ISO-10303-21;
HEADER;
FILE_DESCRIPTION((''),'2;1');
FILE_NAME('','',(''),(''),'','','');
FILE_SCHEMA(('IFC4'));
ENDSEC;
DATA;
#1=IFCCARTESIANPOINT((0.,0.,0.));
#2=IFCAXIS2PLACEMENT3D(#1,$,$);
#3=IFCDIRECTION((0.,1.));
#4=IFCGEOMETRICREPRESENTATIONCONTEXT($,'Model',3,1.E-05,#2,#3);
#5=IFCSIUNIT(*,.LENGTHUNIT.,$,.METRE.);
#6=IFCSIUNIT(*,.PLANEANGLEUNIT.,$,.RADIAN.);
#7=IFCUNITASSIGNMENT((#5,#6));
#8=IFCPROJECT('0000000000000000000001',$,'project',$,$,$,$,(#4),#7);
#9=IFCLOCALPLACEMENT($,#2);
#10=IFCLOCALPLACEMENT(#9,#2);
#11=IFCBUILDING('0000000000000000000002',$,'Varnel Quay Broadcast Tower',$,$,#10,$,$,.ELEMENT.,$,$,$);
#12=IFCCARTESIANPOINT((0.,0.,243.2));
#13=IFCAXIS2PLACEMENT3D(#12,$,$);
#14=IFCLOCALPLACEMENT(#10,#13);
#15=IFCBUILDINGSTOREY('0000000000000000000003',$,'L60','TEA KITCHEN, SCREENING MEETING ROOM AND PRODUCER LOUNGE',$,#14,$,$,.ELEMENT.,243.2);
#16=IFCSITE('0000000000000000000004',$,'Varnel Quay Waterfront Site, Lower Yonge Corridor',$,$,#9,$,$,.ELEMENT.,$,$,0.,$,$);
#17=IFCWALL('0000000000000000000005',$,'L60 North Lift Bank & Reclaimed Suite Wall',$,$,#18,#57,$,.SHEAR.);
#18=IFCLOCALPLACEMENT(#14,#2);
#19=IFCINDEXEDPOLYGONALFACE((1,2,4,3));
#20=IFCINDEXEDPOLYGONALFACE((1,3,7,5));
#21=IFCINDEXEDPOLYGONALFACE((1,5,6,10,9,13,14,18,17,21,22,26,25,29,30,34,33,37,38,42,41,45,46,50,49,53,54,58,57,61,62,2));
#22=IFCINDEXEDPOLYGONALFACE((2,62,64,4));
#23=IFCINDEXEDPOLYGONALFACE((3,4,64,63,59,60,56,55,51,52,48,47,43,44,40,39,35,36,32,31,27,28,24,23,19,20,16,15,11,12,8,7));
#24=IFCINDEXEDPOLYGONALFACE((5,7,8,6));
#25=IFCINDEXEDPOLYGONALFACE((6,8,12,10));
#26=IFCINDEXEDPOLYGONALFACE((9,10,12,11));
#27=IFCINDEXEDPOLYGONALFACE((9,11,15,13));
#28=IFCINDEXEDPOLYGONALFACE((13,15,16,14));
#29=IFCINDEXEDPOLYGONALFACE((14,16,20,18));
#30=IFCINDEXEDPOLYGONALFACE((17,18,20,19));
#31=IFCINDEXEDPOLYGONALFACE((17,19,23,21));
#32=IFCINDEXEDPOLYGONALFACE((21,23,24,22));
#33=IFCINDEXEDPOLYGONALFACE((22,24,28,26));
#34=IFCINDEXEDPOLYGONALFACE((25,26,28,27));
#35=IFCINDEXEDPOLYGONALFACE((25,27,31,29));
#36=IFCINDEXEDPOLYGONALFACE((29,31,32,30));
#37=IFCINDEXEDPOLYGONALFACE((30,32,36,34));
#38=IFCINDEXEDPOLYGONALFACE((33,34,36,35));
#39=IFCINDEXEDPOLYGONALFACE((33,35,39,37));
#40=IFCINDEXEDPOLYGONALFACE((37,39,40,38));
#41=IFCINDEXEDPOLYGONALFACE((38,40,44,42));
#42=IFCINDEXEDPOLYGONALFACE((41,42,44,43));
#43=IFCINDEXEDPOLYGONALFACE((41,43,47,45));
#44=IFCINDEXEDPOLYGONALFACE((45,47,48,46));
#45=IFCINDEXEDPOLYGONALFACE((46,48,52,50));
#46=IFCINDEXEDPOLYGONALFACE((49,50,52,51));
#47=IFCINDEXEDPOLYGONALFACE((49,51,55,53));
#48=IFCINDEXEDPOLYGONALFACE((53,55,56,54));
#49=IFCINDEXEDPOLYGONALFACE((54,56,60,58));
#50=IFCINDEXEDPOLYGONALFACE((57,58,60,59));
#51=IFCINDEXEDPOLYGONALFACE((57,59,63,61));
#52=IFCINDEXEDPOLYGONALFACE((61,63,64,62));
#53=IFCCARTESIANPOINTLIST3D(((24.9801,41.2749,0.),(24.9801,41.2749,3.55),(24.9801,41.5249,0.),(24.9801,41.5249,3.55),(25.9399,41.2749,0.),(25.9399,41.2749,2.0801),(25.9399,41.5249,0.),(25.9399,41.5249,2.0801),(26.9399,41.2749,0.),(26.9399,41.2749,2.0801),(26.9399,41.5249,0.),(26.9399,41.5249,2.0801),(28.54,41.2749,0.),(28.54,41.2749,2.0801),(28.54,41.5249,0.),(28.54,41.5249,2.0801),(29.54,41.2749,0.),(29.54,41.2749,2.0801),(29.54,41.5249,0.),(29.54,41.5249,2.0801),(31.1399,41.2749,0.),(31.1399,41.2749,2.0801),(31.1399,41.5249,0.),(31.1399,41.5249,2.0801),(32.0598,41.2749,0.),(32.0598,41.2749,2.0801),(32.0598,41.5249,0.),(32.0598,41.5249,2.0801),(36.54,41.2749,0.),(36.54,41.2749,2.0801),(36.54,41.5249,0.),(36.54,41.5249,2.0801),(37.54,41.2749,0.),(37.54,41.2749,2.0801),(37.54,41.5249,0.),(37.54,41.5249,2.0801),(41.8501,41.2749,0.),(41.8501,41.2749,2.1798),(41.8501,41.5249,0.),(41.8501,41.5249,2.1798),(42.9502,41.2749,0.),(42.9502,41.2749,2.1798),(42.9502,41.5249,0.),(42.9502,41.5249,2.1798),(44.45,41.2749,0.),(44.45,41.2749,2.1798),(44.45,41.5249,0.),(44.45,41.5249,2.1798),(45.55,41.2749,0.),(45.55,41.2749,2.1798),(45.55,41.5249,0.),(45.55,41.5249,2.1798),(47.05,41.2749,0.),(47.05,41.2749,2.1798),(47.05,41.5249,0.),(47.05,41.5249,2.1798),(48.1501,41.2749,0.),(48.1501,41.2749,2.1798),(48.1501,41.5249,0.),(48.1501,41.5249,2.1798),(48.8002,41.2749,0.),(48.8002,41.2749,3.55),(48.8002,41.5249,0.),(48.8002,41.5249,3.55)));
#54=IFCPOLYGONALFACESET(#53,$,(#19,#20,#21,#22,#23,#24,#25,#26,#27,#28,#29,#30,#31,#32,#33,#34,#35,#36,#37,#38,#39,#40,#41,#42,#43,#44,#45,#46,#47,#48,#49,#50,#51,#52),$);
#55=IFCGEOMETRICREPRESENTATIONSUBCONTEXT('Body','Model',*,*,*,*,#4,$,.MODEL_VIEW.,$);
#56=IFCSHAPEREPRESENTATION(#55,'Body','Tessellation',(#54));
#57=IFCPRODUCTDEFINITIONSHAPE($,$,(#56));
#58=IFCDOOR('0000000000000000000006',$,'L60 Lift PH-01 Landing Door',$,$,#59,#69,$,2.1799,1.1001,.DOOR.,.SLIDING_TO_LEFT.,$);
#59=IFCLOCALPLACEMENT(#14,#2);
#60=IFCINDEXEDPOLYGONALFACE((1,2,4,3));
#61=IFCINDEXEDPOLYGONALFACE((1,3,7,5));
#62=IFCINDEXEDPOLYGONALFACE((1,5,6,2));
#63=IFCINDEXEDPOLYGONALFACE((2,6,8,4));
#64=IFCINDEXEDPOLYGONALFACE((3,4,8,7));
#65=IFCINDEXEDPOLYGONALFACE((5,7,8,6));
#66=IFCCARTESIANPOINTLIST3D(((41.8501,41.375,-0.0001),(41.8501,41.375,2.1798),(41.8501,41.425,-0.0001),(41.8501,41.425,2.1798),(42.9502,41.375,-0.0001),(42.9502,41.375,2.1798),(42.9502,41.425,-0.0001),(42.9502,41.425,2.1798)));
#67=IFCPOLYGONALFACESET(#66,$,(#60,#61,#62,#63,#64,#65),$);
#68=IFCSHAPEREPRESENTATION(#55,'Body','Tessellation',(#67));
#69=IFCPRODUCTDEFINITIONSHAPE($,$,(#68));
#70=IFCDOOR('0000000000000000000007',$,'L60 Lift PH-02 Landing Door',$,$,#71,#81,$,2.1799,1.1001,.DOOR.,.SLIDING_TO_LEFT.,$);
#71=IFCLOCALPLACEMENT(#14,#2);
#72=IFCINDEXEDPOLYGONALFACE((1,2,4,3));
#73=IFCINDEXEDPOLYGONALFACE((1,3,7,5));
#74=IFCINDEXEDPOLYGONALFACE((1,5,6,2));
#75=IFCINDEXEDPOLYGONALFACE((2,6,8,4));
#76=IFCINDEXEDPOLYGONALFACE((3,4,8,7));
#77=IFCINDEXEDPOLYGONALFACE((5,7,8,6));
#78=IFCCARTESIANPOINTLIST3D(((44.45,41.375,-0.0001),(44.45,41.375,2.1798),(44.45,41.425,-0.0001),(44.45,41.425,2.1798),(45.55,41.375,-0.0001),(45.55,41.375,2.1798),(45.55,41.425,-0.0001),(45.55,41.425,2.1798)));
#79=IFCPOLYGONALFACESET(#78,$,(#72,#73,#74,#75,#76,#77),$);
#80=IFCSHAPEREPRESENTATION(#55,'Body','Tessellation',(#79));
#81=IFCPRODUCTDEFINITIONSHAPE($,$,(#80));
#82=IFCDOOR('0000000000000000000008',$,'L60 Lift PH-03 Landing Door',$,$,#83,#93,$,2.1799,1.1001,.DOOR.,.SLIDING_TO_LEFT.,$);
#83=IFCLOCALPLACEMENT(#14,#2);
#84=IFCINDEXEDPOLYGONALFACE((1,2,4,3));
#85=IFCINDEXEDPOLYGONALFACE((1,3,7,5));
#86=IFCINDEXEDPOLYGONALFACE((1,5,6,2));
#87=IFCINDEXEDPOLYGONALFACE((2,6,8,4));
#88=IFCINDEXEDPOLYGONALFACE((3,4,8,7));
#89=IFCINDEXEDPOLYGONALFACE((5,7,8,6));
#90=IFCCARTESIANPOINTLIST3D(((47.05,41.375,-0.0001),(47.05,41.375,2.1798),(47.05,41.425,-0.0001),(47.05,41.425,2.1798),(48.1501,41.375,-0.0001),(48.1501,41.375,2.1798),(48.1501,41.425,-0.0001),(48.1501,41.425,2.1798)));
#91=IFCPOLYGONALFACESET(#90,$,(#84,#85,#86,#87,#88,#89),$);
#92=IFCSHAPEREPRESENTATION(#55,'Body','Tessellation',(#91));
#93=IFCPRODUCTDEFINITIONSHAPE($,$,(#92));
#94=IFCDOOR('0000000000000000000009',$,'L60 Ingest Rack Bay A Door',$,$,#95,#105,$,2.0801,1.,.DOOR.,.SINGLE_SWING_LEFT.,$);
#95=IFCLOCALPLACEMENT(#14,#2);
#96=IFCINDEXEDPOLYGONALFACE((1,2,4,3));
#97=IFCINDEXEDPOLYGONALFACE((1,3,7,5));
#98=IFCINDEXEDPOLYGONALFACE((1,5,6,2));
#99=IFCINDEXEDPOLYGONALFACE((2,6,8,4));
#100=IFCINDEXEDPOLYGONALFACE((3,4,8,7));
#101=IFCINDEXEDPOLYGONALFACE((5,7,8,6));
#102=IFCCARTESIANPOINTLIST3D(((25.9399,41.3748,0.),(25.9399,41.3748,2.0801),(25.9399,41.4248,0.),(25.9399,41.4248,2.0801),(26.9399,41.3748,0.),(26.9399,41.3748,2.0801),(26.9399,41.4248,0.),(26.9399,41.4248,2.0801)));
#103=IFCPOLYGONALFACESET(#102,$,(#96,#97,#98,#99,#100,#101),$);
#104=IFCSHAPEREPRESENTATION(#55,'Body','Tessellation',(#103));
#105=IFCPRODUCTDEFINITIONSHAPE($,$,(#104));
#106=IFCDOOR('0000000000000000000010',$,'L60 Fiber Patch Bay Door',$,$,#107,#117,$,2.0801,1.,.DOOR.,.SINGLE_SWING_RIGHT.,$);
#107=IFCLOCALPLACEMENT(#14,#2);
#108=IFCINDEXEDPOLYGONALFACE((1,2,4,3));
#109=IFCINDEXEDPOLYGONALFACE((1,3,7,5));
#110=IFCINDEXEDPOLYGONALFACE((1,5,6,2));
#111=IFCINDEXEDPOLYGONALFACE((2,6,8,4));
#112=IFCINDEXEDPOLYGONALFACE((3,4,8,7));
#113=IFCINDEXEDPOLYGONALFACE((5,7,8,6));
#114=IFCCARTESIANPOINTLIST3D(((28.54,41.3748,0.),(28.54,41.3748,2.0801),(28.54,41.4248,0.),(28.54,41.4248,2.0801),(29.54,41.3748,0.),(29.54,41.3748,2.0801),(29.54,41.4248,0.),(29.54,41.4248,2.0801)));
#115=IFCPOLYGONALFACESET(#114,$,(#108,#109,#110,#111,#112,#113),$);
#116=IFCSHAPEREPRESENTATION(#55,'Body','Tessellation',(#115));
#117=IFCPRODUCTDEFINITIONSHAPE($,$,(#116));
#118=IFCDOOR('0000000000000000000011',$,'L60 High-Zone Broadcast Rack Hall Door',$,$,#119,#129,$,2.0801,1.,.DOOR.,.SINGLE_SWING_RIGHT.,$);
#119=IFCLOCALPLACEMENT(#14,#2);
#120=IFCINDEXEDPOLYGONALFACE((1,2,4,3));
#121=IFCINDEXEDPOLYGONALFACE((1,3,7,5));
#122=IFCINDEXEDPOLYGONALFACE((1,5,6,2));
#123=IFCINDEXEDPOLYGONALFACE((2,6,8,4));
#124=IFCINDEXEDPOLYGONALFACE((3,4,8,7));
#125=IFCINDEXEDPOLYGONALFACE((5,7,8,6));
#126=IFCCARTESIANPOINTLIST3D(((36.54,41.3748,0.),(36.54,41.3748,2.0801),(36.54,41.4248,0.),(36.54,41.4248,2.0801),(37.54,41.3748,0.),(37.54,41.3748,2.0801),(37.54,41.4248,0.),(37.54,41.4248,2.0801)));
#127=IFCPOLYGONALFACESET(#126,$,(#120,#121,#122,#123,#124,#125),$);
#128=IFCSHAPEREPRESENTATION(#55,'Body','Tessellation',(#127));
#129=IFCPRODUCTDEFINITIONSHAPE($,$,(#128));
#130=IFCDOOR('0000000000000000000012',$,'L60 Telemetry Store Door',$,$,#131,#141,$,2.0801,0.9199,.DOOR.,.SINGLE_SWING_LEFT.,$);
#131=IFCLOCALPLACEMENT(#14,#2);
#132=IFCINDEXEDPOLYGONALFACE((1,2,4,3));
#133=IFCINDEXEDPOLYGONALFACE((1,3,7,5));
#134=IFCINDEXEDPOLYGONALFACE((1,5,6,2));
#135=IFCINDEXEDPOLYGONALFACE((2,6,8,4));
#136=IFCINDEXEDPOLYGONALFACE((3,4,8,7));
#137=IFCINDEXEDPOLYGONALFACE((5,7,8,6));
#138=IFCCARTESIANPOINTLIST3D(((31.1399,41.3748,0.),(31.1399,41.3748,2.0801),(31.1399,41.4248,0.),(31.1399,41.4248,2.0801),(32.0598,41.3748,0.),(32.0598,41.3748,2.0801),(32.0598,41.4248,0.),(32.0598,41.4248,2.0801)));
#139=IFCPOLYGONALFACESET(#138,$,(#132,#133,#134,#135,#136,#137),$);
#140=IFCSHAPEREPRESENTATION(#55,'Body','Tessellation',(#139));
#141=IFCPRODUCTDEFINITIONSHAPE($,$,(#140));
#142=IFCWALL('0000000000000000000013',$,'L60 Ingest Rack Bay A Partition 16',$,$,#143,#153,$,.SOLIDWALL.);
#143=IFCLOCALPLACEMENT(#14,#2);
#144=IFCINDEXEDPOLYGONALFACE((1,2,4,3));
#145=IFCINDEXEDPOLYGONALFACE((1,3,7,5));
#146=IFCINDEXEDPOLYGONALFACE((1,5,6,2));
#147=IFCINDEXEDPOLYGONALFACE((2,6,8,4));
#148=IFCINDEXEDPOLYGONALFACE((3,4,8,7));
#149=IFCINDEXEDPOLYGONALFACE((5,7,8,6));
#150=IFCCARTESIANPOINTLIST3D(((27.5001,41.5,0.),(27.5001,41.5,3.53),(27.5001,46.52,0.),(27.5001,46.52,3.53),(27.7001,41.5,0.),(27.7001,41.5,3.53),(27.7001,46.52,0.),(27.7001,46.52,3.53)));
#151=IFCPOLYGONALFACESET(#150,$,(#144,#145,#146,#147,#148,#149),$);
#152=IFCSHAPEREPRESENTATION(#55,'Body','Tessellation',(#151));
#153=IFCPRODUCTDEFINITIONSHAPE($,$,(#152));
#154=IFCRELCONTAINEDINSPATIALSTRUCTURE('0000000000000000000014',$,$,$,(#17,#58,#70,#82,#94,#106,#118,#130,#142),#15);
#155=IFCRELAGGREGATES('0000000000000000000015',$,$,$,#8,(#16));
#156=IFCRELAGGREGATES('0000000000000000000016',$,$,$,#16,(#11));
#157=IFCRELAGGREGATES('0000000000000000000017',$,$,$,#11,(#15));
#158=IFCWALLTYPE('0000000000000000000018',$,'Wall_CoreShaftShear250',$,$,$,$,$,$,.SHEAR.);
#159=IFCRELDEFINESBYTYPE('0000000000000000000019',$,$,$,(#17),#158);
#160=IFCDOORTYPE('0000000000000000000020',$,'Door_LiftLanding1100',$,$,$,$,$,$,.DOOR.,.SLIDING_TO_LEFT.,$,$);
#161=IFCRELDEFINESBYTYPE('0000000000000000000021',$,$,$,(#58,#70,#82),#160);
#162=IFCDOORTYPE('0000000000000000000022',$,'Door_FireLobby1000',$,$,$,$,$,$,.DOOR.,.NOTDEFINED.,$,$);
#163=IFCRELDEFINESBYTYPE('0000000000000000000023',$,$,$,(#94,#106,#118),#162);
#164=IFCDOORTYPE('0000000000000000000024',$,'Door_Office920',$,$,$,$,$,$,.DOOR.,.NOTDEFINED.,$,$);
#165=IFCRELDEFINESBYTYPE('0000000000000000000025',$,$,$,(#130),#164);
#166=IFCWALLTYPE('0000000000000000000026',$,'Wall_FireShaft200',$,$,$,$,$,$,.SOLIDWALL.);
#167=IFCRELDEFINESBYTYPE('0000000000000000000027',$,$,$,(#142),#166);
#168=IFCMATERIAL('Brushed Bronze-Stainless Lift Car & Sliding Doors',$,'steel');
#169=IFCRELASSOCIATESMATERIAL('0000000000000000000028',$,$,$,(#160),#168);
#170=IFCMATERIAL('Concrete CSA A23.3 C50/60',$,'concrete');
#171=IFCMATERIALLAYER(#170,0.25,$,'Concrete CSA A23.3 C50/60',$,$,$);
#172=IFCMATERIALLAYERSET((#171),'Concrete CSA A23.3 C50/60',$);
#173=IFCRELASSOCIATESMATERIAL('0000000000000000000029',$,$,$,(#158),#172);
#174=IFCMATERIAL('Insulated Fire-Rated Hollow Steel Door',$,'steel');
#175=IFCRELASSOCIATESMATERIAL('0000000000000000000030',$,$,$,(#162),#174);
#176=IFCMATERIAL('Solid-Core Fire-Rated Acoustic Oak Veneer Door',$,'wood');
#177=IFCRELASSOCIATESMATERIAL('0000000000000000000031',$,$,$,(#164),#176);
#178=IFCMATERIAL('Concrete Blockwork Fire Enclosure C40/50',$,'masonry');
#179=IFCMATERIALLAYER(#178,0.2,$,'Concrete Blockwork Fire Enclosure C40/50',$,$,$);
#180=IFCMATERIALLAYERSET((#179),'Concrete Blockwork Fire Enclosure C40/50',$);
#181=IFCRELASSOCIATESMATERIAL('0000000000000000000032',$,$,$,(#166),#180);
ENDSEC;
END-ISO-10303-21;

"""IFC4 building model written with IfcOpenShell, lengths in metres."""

from ifc_helpers import new_model, si_unit, direction, frame, frame_2d, origin, place, context, subcontext, project, spatial, rectangle, extrude, source, transform, mapped, material, layer, layer_set, type_object, type_shapes, element, fill, save


model = new_model("IFC4")

# Units and contexts
model_context = context("Model", 3, precision=1e-05, world=origin(), true_north=direction((0.0, 1.0)))
body_context = subcontext(model_context, "Body", "Model", "MODEL_VIEW")
ifc_project = project(units=[si_unit("LENGTHUNIT", "METRE"), si_unit("PLANEANGLEUNIT", "RADIAN")], contexts=[model_context])

# Site, building, storey
site_placement = place(None, origin())
site = spatial("IfcSite", under=ifc_project, at=site_placement, Name="Varnel Quay Waterfront Site, Lower Yonge Corridor", CompositionType="ELEMENT", RefElevation=0.0)
building_placement = place(site_placement, origin())
building = spatial("IfcBuilding", under=site, at=building_placement, Name="Varnel Quay Broadcast Tower", CompositionType="ELEMENT")
storey_placement = place(building_placement, frame((0.0, 0.0, 243.2)))
storey = spatial("IfcBuildingStorey", under=building, at=storey_placement, Name="L60", Description="TEA KITCHEN, SCREENING MEETING ROOM AND PRODUCER LOUNGE", CompositionType="ELEMENT", Elevation=243.2)

# Shared definitions
ifc_material_1 = material(Name="Concrete CSA A23.3 C50/60", Category="concrete")
ifc_material_2 = material(Name="Brushed Bronze-Stainless Lift Car & Sliding Doors", Category="steel")
door_type_1 = type_object("IfcDoorType", Name="Door_LiftLanding1100", OperationType="SLIDING_TO_LEFT", PredefinedType="DOOR", material=ifc_material_2)
shared_shape_1 = source(origin(), body_context, "Body", "SweptSolid", [
    extrude(rectangle(XDim=1.1001, YDim=2.1799, at=frame_2d((0.55, 1.0898))), frame((0.0, 0.0249, 0.0), z_axis=(0.0, -1.0, 0.0), x_axis=(1.0, 0.0, 0.0)), (0.0, 0.0, 1.0), 0.05),
])
type_shapes(door_type_1, [shared_shape_1])

# Wall, openings, doors
ifc_layer_1 = layer(ifc_material_1, 0.25, Name="Concrete CSA A23.3 C50/60")
ifc_layer_set_1 = layer_set([ifc_layer_1], Name="Concrete CSA A23.3 C50/60")
wall_type_1 = type_object("IfcWallType", Name="Wall_CoreShaftShear250", PredefinedType="SHEAR", material=ifc_layer_set_1)
wall_1_placement = place(storey_placement, frame((24.98, 41.3999, 0.0), z_axis=(0.0, 0.0, 1.0), x_axis=(1.0, 0.0, 0.0)))
wall_1 = element("IfcWall", 1, at=wall_1_placement, inside=storey, type_object=wall_type_1, Name="L60 North Lift Bank & Reclaimed Suite Wall", PredefinedType="SHEAR", context=body_context, shape_type="SweptSolid", body=[
    extrude(rectangle(XDim=23.8201, YDim=0.25, at=frame_2d((11.9102, 0.0))), origin(), (0.0, 0.0, 1.0), 3.55),
])
opening_1_placement = place(wall_1_placement, frame((16.8701, 0.0, 0.0)))
opening_1 = element("IfcOpeningElement", 2, at=opening_1_placement, cuts=wall_1, PredefinedType="OPENING", context=body_context, shape_type="SweptSolid", body=[
    extrude(rectangle(XDim=1.1001, YDim=2.1799, at=frame_2d((0.55, 1.0898))), frame((0.0, 0.135, 0.0), z_axis=(0.0, -1.0, 0.0), x_axis=(1.0, 0.0, 0.0)), (0.0, 0.0, 1.0), 0.27),
])
opening_2_placement = place(wall_1_placement, frame((19.47, 0.0, 0.0)))
opening_2 = element("IfcOpeningElement", 3, at=opening_2_placement, cuts=wall_1, PredefinedType="OPENING", context=body_context, shape_type="SweptSolid", body=[
    extrude(rectangle(XDim=1.1001, YDim=2.1799, at=frame_2d((0.55, 1.0898))), frame((0.0, 0.135, 0.0), z_axis=(0.0, -1.0, 0.0), x_axis=(1.0, 0.0, 0.0)), (0.0, 0.0, 1.0), 0.27),
])
opening_3_placement = place(wall_1_placement, frame((22.0701, 0.0, 0.0)))
opening_3 = element("IfcOpeningElement", 4, at=opening_3_placement, cuts=wall_1, PredefinedType="OPENING", context=body_context, shape_type="SweptSolid", body=[
    extrude(rectangle(XDim=1.1001, YDim=2.1799, at=frame_2d((0.55, 1.0898))), frame((0.0, 0.135, 0.0), z_axis=(0.0, -1.0, 0.0), x_axis=(1.0, 0.0, 0.0)), (0.0, 0.0, 1.0), 0.27),
])
opening_4_placement = place(wall_1_placement, frame((0.96, 0.0, 0.0)))
opening_4 = element("IfcOpeningElement", 5, at=opening_4_placement, cuts=wall_1, PredefinedType="OPENING", context=body_context, shape_type="SweptSolid", body=[
    extrude(rectangle(XDim=1.0, YDim=2.0801, at=frame_2d((0.5, 1.04))), frame((0.0, 0.135, 0.0), z_axis=(0.0, -1.0, 0.0), x_axis=(1.0, 0.0, 0.0)), (0.0, 0.0, 1.0), 0.27),
])
opening_5_placement = place(wall_1_placement, frame((3.5601, 0.0, 0.0)))
opening_5 = element("IfcOpeningElement", 6, at=opening_5_placement, cuts=wall_1, PredefinedType="OPENING", context=body_context, shape_type="SweptSolid", body=[
    extrude(rectangle(XDim=1.0, YDim=2.0801, at=frame_2d((0.5, 1.04))), frame((0.0, 0.135, 0.0), z_axis=(0.0, -1.0, 0.0), x_axis=(1.0, 0.0, 0.0)), (0.0, 0.0, 1.0), 0.27),
])
opening_6_placement = place(wall_1_placement, frame((6.1599, 0.0, 0.0)))
opening_6 = element("IfcOpeningElement", 7, at=opening_6_placement, cuts=wall_1, PredefinedType="OPENING", context=body_context, shape_type="SweptSolid", body=[
    extrude(rectangle(XDim=0.9199, YDim=2.0801, at=frame_2d((0.46, 1.04))), frame((0.0, 0.135, 0.0), z_axis=(0.0, -1.0, 0.0), x_axis=(1.0, 0.0, 0.0)), (0.0, 0.0, 1.0), 0.27),
])
opening_7_placement = place(wall_1_placement, frame((11.5601, 0.0, 0.0)))
opening_7 = element("IfcOpeningElement", 8, at=opening_7_placement, cuts=wall_1, PredefinedType="OPENING", context=body_context, shape_type="SweptSolid", body=[
    extrude(rectangle(XDim=1.0, YDim=2.0801, at=frame_2d((0.5, 1.04))), frame((0.0, 0.135, 0.0), z_axis=(0.0, -1.0, 0.0), x_axis=(1.0, 0.0, 0.0)), (0.0, 0.0, 1.0), 0.27),
])
door_1_placement = place(opening_1_placement, frame((1.1001, 0.0, 0.0), z_axis=(0.0, 0.0, 1.0), x_axis=(-1.0, 0.0, 0.0)))
door_1 = element("IfcDoor", 9, at=door_1_placement, inside=storey, type_object=door_type_1, Name="L60 Lift PH-01 Landing Door", OperationType="SLIDING_TO_LEFT", OverallHeight=2.1799, OverallWidth=1.1001, PredefinedType="DOOR", context=body_context, shape_type="MappedRepresentation", body=[
    mapped(shared_shape_1, transform((0.0, 0.0, 0.0), x_axis=(1.0, 0.0, 0.0), y_axis=(0.0, 1.0, 0.0), z_axis=(0.0, 0.0, 1.0), scale=1.0)),
])
fill(opening_1, door_1)
door_2_placement = place(opening_2_placement, frame((1.1001, 0.0, 0.0), z_axis=(0.0, 0.0, 1.0), x_axis=(-1.0, 0.0, 0.0)))
door_2 = element("IfcDoor", 10, at=door_2_placement, inside=storey, type_object=door_type_1, Name="L60 Lift PH-02 Landing Door", OperationType="SLIDING_TO_LEFT", OverallHeight=2.1799, OverallWidth=1.1001, PredefinedType="DOOR", context=body_context, shape_type="MappedRepresentation", body=[
    mapped(shared_shape_1, transform((0.0, 0.0, 0.0), x_axis=(1.0, 0.0, 0.0), y_axis=(0.0, 1.0, 0.0), z_axis=(0.0, 0.0, 1.0), scale=1.0)),
])
fill(opening_2, door_2)
door_3_placement = place(opening_3_placement, frame((1.1001, 0.0, 0.0), z_axis=(0.0, 0.0, 1.0), x_axis=(-1.0, 0.0, 0.0)))
door_3 = element("IfcDoor", 11, at=door_3_placement, inside=storey, type_object=door_type_1, Name="L60 Lift PH-03 Landing Door", OperationType="SLIDING_TO_LEFT", OverallHeight=2.1799, OverallWidth=1.1001, PredefinedType="DOOR", context=body_context, shape_type="MappedRepresentation", body=[
    mapped(shared_shape_1, transform((0.0, 0.0, 0.0), x_axis=(1.0, 0.0, 0.0), y_axis=(0.0, 1.0, 0.0), z_axis=(0.0, 0.0, 1.0), scale=1.0)),
])
fill(opening_3, door_3)
ifc_material_3 = material(Name="Insulated Fire-Rated Hollow Steel Door", Category="steel")
door_type_2 = type_object("IfcDoorType", Name="Door_FireLobby1000", OperationType="NOTDEFINED", PredefinedType="DOOR", material=ifc_material_3)
shared_shape_2 = source(origin(), body_context, "Body", "SweptSolid", [
    extrude(rectangle(XDim=1.0, YDim=2.0801, at=frame_2d((0.5, 1.04))), frame((0.0, 0.0249, 0.0), z_axis=(0.0, -1.0, 0.0), x_axis=(1.0, 0.0, 0.0)), (0.0, 0.0, 1.0), 0.05),
])
type_shapes(door_type_2, [shared_shape_2])
door_4_placement = place(opening_4_placement, origin())
door_4 = element("IfcDoor", 12, at=door_4_placement, inside=storey, type_object=door_type_2, Name="L60 Ingest Rack Bay A Door", OperationType="SINGLE_SWING_LEFT", OverallHeight=2.0801, OverallWidth=1.0, PredefinedType="DOOR", context=body_context, shape_type="MappedRepresentation", body=[
    mapped(shared_shape_2, transform((0.0, 0.0, 0.0), x_axis=(1.0, 0.0, 0.0), y_axis=(0.0, 1.0, 0.0), z_axis=(0.0, 0.0, 1.0), scale=1.0)),
])
fill(opening_4, door_4)
door_5_placement = place(opening_5_placement, origin())
door_5 = element("IfcDoor", 13, at=door_5_placement, inside=storey, type_object=door_type_2, Name="L60 Fiber Patch Bay Door", OperationType="SINGLE_SWING_RIGHT", OverallHeight=2.0801, OverallWidth=1.0, PredefinedType="DOOR", context=body_context, shape_type="MappedRepresentation", body=[
    mapped(shared_shape_2, transform((0.0, 0.0, 0.0), x_axis=(1.0, 0.0, 0.0), y_axis=(0.0, 1.0, 0.0), z_axis=(0.0, 0.0, 1.0), scale=1.0)),
])
fill(opening_5, door_5)
door_6_placement = place(opening_7_placement, origin())
door_6 = element("IfcDoor", 14, at=door_6_placement, inside=storey, type_object=door_type_2, Name="L60 High-Zone Broadcast Rack Hall Door", OperationType="SINGLE_SWING_RIGHT", OverallHeight=2.0801, OverallWidth=1.0, PredefinedType="DOOR", context=body_context, shape_type="MappedRepresentation", body=[
    mapped(shared_shape_2, transform((0.0, 0.0, 0.0), x_axis=(1.0, 0.0, 0.0), y_axis=(0.0, 1.0, 0.0), z_axis=(0.0, 0.0, 1.0), scale=1.0)),
])
fill(opening_7, door_6)
ifc_material_4 = material(Name="Solid-Core Fire-Rated Acoustic Oak Veneer Door", Category="wood")
door_type_3 = type_object("IfcDoorType", Name="Door_Office920", OperationType="NOTDEFINED", PredefinedType="DOOR", material=ifc_material_4)
shared_shape_3 = source(origin(), body_context, "Body", "SweptSolid", [
    extrude(rectangle(XDim=0.9199, YDim=2.0801, at=frame_2d((0.46, 1.04))), frame((0.0, 0.0249, 0.0), z_axis=(0.0, -1.0, 0.0), x_axis=(1.0, 0.0, 0.0)), (0.0, 0.0, 1.0), 0.05),
])
type_shapes(door_type_3, [shared_shape_3])
door_7_placement = place(opening_6_placement, origin())
door_7 = element("IfcDoor", 15, at=door_7_placement, inside=storey, type_object=door_type_3, Name="L60 Telemetry Store Door", OperationType="SINGLE_SWING_LEFT", OverallHeight=2.0801, OverallWidth=0.9199, PredefinedType="DOOR", context=body_context, shape_type="MappedRepresentation", body=[
    mapped(shared_shape_3, transform((0.0, 0.0, 0.0), x_axis=(1.0, 0.0, 0.0), y_axis=(0.0, 1.0, 0.0), z_axis=(0.0, 0.0, 1.0), scale=1.0)),
])
fill(opening_6, door_7)

# Wall
ifc_material_5 = material(Name="Concrete Blockwork Fire Enclosure C40/50", Category="masonry")
ifc_layer_2 = layer(ifc_material_5, 0.2, Name="Concrete Blockwork Fire Enclosure C40/50")
ifc_layer_set_2 = layer_set([ifc_layer_2], Name="Concrete Blockwork Fire Enclosure C40/50")
wall_type_2 = type_object("IfcWallType", Name="Wall_FireShaft200", PredefinedType="SOLIDWALL", material=ifc_layer_set_2)
wall_2_placement = place(storey_placement, frame((27.6001, 41.5, 0.0), z_axis=(0.0, 0.0, 1.0), x_axis=(0.0, 1.0, 0.0)))
element("IfcWall", 16, at=wall_2_placement, inside=storey, type_object=wall_type_2, Name="L60 Ingest Rack Bay A Partition 16", PredefinedType="SOLIDWALL", context=body_context, shape_type="SweptSolid", body=[
    extrude(rectangle(XDim=5.02, YDim=0.2, at=frame_2d((2.51, 0.0))), origin(), (0.0, 0.0, 1.0), 3.53),
])

save(model, "model.ifc")
